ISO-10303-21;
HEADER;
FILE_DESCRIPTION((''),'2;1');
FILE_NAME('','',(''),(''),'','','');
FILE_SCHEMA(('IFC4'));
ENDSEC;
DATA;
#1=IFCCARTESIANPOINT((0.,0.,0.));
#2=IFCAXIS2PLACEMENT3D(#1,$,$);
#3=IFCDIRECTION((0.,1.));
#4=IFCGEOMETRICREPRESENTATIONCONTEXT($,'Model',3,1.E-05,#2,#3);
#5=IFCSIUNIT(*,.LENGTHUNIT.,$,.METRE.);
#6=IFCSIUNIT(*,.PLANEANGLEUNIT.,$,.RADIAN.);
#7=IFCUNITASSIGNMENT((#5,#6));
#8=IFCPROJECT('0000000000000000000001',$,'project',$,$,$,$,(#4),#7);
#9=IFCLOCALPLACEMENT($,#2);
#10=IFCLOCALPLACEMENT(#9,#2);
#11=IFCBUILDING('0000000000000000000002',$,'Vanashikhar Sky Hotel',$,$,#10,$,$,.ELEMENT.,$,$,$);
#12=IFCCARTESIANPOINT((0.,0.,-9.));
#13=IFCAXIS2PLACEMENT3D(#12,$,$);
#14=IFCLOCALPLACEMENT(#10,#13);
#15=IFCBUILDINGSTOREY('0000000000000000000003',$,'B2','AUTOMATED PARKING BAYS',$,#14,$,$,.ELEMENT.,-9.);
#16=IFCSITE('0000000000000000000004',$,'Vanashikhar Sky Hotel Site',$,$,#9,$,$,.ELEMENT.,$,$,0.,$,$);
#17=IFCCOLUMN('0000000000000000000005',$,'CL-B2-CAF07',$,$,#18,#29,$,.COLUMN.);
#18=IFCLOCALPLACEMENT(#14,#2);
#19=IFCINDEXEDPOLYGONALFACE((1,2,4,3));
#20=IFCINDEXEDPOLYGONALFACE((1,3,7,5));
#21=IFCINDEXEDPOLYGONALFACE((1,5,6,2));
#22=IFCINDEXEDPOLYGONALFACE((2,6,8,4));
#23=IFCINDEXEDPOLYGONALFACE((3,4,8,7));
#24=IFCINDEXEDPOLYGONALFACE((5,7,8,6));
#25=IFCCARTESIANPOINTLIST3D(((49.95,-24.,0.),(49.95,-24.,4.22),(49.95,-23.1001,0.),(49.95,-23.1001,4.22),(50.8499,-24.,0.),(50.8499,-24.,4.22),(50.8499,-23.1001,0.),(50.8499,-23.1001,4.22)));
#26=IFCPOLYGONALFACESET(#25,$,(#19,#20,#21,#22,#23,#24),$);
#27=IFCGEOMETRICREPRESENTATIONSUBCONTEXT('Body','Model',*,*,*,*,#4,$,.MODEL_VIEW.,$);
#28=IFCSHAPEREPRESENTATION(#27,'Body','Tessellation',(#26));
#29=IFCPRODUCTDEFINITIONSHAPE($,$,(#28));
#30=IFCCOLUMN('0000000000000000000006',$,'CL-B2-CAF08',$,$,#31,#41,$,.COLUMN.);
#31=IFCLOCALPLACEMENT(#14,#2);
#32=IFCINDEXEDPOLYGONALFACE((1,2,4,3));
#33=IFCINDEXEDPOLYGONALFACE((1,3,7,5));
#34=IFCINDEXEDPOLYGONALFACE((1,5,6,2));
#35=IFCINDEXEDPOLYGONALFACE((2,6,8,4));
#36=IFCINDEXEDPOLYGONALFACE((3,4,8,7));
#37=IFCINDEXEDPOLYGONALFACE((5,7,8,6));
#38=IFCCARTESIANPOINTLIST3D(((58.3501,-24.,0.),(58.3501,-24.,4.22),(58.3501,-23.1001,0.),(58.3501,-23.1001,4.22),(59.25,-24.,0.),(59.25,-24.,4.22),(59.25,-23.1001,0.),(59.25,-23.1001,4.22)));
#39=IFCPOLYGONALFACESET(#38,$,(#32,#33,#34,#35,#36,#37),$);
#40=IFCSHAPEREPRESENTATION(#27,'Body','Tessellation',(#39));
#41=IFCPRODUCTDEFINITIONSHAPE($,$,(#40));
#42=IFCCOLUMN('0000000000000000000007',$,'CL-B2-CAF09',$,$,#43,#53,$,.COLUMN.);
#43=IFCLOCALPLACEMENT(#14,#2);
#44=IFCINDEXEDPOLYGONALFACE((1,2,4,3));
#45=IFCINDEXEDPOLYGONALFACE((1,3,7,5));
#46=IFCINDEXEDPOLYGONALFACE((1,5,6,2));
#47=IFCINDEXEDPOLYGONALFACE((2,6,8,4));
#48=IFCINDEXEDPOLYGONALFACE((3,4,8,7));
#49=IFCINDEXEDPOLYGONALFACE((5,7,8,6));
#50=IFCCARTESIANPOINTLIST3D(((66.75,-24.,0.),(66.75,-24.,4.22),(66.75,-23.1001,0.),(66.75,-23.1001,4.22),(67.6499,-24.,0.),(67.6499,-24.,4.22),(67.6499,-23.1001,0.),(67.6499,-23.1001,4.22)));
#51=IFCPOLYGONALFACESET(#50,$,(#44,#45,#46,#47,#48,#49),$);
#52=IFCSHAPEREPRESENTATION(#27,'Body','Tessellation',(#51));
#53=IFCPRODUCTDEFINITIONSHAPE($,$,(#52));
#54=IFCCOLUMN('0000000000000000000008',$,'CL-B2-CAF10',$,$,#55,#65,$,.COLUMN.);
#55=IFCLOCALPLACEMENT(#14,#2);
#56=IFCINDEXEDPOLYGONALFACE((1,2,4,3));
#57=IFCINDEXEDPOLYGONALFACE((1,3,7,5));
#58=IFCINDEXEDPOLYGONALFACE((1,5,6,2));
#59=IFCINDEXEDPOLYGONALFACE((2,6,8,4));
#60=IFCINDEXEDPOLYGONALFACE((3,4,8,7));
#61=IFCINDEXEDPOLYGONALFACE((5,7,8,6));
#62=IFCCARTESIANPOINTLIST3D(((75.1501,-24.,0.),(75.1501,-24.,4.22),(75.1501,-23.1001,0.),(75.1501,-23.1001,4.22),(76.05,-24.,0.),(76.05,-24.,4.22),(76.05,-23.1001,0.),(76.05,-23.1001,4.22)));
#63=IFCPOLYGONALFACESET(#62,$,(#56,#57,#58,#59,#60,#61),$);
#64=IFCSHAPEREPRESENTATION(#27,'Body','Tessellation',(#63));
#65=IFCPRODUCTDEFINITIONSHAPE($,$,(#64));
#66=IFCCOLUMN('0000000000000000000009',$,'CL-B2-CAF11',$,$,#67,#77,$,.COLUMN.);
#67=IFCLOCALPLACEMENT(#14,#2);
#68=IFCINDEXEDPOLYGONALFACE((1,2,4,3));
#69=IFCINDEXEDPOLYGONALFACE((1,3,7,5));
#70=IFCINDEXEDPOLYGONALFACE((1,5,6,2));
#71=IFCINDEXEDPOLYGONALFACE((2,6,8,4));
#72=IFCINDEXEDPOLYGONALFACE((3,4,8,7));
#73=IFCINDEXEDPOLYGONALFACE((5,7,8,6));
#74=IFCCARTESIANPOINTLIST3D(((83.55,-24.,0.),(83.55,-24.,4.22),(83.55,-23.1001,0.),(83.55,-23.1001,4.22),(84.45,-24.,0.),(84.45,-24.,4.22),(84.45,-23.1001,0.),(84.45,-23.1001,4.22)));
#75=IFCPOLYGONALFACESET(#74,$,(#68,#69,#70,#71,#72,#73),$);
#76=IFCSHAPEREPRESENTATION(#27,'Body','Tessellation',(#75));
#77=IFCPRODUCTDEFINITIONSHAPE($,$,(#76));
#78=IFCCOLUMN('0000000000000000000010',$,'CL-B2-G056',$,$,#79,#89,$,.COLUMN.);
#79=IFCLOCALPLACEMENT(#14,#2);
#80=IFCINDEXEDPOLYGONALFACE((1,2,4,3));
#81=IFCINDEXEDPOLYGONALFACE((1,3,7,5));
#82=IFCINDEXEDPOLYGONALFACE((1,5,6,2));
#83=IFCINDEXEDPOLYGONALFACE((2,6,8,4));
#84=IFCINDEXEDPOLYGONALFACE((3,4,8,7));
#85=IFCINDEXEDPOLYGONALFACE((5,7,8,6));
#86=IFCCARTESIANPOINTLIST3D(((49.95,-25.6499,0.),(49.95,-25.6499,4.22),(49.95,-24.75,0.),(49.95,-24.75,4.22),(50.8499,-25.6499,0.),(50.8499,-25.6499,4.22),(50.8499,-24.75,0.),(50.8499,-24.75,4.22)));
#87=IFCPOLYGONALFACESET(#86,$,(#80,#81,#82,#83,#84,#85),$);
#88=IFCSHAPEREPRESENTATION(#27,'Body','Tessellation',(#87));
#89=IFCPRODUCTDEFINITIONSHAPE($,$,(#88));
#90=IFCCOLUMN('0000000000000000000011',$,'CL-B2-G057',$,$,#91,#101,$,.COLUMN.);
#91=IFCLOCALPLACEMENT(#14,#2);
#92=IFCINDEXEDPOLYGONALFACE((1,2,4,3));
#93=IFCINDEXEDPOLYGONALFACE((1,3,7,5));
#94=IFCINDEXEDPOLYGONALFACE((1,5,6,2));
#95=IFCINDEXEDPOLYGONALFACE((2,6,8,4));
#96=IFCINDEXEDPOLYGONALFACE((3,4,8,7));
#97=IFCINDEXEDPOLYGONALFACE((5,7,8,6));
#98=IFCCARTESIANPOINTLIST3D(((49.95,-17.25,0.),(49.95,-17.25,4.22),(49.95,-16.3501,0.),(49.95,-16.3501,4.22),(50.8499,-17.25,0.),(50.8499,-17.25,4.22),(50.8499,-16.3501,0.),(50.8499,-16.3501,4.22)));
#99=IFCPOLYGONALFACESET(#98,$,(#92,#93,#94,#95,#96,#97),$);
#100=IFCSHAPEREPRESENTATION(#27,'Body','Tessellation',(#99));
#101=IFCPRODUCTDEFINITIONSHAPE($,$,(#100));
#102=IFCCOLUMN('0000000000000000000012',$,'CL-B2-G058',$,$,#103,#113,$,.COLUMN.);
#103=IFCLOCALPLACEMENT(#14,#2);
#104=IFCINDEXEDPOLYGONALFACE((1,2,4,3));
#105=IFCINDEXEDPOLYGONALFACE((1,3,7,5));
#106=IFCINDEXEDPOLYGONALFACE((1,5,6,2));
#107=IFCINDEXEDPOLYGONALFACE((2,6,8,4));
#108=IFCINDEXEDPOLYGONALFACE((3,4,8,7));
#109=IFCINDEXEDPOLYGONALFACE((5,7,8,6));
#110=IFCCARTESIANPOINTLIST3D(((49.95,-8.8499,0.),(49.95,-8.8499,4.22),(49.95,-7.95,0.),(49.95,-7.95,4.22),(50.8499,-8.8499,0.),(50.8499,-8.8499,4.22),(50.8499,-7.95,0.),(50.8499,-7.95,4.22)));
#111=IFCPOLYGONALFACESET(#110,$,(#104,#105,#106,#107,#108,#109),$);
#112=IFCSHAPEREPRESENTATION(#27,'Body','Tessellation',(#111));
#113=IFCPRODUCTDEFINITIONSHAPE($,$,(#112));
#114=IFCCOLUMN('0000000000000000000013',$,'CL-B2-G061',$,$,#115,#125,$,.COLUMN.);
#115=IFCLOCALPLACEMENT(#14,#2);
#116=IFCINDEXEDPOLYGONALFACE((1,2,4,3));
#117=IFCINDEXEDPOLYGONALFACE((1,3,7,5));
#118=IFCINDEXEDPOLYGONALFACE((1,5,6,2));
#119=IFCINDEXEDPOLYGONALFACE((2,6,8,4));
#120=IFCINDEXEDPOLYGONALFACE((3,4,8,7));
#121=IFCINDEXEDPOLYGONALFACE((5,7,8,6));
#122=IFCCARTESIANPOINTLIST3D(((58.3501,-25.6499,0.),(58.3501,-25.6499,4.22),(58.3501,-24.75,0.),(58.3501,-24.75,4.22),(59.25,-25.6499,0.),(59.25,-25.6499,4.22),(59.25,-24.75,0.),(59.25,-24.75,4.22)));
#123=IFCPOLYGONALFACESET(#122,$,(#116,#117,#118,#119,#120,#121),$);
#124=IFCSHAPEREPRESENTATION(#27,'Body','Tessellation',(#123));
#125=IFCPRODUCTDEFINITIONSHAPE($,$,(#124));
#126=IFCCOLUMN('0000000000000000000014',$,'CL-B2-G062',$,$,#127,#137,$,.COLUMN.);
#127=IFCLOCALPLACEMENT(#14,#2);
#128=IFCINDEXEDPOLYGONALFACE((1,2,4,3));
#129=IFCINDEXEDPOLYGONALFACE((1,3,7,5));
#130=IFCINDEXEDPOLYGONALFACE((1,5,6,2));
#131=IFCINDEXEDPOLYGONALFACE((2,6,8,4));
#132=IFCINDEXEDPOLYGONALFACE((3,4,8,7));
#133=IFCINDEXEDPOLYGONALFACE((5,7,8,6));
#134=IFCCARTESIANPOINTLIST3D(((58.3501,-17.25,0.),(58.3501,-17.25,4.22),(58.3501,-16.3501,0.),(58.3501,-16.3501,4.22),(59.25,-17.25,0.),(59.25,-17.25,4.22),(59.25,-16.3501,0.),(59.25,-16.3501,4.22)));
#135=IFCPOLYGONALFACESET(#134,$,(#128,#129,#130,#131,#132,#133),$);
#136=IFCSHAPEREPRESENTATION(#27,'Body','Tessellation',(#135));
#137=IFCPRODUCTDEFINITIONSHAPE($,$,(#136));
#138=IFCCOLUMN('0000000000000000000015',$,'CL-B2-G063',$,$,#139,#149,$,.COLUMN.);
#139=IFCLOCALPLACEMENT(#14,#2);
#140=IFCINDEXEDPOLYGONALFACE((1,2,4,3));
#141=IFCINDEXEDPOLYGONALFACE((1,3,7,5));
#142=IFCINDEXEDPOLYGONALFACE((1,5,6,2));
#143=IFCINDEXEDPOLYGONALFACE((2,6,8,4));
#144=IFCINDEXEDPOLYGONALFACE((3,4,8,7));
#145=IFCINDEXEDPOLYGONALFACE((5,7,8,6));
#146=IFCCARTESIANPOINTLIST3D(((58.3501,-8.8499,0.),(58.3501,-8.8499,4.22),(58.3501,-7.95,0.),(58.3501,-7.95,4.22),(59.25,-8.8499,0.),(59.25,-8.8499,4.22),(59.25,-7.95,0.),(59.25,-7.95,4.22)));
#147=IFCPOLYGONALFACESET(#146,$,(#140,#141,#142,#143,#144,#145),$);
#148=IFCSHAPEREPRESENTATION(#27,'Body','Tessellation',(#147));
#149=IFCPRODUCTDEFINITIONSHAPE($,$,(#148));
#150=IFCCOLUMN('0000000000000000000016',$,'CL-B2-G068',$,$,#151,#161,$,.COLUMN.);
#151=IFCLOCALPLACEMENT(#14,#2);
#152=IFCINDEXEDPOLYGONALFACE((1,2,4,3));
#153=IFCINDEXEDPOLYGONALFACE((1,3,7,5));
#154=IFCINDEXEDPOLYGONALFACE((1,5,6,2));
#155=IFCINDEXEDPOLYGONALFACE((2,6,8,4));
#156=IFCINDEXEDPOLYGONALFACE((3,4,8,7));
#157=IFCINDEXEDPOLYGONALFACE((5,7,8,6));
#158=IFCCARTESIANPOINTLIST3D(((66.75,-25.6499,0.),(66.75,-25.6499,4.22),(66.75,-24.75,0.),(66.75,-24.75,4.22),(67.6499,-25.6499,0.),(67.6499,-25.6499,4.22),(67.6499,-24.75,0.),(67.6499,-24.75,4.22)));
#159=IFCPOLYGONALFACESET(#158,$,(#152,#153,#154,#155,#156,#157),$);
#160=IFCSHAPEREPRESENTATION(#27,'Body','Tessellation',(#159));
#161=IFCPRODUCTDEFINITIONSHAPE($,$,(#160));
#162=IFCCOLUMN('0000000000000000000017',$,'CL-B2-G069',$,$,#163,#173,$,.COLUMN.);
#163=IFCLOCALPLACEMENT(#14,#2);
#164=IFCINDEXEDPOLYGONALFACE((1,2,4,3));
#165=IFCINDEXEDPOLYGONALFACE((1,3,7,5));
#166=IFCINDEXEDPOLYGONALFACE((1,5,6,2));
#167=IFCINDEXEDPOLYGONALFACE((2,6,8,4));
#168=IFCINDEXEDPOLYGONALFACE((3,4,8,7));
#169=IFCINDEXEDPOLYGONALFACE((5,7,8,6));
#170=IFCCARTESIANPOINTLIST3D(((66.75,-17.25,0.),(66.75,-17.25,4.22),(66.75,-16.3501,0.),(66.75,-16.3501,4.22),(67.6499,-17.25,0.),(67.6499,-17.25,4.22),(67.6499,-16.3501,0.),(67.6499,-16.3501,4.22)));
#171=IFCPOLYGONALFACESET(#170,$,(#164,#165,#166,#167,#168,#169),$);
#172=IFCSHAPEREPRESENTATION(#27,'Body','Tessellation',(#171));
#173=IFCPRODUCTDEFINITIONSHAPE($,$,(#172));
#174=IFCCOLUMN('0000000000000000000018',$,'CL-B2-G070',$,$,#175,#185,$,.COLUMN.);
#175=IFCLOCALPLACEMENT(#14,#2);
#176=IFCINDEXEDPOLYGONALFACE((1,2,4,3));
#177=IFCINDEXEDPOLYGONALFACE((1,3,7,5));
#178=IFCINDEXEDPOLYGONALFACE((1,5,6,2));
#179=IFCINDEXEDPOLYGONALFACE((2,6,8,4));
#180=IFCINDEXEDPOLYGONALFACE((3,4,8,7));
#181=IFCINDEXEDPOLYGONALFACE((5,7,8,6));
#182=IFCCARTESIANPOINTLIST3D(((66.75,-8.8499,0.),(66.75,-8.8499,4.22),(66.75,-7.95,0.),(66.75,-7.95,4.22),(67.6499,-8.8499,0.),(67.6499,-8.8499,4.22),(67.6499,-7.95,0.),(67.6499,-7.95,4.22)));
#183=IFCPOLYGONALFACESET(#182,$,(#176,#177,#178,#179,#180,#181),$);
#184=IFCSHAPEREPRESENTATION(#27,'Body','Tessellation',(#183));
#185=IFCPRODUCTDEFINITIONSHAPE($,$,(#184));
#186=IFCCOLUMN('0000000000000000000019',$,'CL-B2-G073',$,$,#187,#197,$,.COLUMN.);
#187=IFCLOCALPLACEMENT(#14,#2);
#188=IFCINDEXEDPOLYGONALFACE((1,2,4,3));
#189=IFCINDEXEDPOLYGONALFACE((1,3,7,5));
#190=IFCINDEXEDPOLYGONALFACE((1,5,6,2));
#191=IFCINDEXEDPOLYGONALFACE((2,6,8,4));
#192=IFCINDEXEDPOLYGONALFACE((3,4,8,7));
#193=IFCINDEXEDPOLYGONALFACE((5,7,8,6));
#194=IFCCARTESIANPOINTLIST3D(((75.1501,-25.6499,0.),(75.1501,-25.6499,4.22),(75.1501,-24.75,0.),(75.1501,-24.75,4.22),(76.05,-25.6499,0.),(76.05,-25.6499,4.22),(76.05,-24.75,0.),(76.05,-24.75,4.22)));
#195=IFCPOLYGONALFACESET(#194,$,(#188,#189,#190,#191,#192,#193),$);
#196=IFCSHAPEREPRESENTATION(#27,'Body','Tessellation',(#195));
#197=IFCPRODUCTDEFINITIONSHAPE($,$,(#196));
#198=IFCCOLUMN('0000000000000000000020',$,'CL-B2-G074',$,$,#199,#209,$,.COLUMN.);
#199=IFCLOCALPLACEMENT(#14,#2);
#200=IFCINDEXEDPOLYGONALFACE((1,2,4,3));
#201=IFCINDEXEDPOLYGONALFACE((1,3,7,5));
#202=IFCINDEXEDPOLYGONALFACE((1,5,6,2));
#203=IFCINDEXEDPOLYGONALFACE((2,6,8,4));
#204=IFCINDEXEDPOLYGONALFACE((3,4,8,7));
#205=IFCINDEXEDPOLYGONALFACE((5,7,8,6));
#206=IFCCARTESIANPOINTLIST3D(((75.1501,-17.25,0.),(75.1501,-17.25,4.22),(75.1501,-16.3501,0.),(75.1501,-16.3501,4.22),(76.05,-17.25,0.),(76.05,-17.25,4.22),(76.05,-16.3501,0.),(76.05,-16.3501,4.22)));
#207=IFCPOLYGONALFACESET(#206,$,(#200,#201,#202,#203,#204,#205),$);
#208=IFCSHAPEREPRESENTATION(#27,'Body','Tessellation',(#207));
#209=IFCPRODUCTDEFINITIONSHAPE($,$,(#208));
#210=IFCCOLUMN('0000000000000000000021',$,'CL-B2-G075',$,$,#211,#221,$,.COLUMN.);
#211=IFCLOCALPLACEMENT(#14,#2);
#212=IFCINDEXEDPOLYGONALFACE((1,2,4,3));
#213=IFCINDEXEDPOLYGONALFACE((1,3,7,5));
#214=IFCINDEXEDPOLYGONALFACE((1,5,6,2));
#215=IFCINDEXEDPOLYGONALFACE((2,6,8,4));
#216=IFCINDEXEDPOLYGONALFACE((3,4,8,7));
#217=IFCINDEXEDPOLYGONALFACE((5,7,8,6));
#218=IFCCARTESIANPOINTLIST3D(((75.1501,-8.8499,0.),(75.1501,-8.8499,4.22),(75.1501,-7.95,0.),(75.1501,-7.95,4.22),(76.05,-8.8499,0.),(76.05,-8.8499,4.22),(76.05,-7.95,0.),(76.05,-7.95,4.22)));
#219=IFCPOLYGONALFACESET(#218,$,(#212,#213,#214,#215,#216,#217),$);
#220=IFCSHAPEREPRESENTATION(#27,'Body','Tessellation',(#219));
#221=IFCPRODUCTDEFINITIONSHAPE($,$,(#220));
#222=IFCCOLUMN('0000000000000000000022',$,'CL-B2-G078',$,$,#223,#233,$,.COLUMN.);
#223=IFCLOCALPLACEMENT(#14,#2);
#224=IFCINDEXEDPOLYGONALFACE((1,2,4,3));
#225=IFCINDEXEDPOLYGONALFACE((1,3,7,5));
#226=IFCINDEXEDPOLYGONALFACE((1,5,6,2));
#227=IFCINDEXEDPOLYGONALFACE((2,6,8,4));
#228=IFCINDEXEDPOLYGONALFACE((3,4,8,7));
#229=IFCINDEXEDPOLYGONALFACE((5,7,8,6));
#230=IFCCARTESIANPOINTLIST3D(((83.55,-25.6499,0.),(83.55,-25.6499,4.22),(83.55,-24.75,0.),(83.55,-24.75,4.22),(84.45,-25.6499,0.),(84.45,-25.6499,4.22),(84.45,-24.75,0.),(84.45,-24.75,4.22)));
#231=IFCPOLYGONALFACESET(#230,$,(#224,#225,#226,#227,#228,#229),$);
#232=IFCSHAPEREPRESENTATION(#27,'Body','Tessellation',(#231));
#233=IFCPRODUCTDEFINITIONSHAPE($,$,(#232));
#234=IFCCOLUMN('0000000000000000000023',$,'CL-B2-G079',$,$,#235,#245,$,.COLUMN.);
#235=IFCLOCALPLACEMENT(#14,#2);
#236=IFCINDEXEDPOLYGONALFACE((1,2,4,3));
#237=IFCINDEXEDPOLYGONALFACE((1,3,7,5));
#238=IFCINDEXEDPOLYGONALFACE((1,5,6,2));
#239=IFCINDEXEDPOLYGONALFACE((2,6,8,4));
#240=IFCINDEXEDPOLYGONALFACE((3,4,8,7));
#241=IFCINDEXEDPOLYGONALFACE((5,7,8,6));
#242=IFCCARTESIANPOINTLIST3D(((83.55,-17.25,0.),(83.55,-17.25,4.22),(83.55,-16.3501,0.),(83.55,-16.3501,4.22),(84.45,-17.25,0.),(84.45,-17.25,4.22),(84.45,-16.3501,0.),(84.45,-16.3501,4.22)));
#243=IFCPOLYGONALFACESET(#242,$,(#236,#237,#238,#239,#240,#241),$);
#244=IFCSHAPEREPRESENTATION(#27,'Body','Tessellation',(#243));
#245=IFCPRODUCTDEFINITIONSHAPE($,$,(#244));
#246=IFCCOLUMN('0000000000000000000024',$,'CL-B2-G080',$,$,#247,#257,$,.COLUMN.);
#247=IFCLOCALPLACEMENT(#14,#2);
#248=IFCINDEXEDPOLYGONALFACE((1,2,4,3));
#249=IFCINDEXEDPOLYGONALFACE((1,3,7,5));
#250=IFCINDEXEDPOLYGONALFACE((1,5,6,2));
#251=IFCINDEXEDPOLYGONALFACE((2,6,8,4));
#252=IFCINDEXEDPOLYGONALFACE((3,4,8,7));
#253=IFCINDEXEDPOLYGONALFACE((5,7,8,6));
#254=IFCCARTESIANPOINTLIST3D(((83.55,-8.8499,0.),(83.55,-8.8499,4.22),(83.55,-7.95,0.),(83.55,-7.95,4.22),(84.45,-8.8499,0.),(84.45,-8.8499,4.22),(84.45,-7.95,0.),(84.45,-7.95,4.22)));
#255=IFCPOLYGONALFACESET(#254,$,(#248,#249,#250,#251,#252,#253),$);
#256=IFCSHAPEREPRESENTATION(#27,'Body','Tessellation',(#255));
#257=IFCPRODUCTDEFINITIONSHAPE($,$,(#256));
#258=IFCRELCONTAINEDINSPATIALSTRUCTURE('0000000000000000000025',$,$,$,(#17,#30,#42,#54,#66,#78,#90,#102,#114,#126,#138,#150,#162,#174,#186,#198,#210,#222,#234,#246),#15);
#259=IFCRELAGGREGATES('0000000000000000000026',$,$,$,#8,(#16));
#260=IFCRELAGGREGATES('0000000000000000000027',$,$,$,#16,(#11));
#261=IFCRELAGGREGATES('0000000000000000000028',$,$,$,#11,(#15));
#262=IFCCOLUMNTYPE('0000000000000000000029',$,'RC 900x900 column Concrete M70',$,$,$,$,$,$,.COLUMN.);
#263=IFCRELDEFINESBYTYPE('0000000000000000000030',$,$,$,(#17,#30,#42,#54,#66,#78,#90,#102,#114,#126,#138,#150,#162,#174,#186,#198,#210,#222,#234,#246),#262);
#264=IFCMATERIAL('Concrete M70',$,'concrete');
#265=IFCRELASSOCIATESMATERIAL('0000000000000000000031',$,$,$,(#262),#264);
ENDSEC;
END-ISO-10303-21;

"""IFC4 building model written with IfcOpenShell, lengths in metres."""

from ifc_helpers import new_model, si_unit, direction, frame, origin, origin_2d, place, context, subcontext, project, spatial, rectangle, extrude, source, transform, mapped, material, material_profile, profile_set, type_object, element, save


model = new_model("IFC4")

# Units and contexts
model_context = context("Model", 3, precision=1e-05, world=origin(), true_north=direction((0.0, 1.0)))
body_context = subcontext(model_context, "Body", "Model", "MODEL_VIEW")
ifc_project = project(units=[si_unit("LENGTHUNIT", "METRE"), si_unit("PLANEANGLEUNIT", "RADIAN")], contexts=[model_context])

# Site, building, storey
site_placement = place(None, origin())
site = spatial("IfcSite", under=ifc_project, at=site_placement, Name="Vanashikhar Sky Hotel Site", CompositionType="ELEMENT", RefElevation=0.0)
building_placement = place(site_placement, origin())
building = spatial("IfcBuilding", under=site, at=building_placement, Name="Vanashikhar Sky Hotel", CompositionType="ELEMENT")
storey_placement = place(building_placement, frame((0.0, 0.0, -9.0)))
storey = spatial("IfcBuildingStorey", under=building, at=storey_placement, Name="B2", Description="AUTOMATED PARKING BAYS", CompositionType="ELEMENT", Elevation=-9.0)

# Columns
ifc_material = material(Name="Concrete M70", Category="concrete")
ifc_material_profile = material_profile(ifc_material, rectangle(XDim=0.8999, YDim=0.8999, at=origin_2d()))
ifc_profile_set = profile_set([ifc_material_profile], Name="RC 900x900 column Concrete M70")
column_type = type_object("IfcColumnType", Name="RC 900x900 column Concrete M70", PredefinedType="COLUMN", material=ifc_profile_set)
shared_shape = source(origin(), body_context, "Body", "SweptSolid", [
    extrude(rectangle(XDim=0.8999, YDim=0.8999, at=origin_2d()), origin(), (0.0, 0.0, 1.0), 4.22),
])
for number, where, z_axis, x_axis, name in (
    (1, (50.3999, -23.55, 0.0), (0.0, 0.0, 1.0), (1.0, 0.0, 0.0), "CL-B2-CAF07"),
    (2, (58.8, -23.55, 0.0), (0.0, 0.0, 1.0), (1.0, 0.0, 0.0), "CL-B2-CAF08"),
    (3, (67.2, -23.55, 0.0), (0.0, 0.0, 1.0), (1.0, 0.0, 0.0), "CL-B2-CAF09"),
    (4, (75.6001, -23.55, 0.0), (0.0, 0.0, 1.0), (1.0, 0.0, 0.0), "CL-B2-CAF10"),
    (5, (84.0, -23.55, 0.0), (0.0, 0.0, 1.0), (1.0, 0.0, 0.0), "CL-B2-CAF11"),
    (6, (50.3999, -25.2, 0.0), (0.0, 0.0, 1.0), (1.0, 0.0, 0.0), "CL-B2-G056"),
    (7, (50.3999, -16.8, 0.0), (0.0, 0.0, 1.0), (1.0, 0.0, 0.0), "CL-B2-G057"),
    (8, (50.3999, -8.3999, 0.0), (0.0, 0.0, 1.0), (1.0, 0.0, 0.0), "CL-B2-G058"),
    (9, (58.8, -25.2, 0.0), (0.0, 0.0, 1.0), (1.0, 0.0, 0.0), "CL-B2-G061"),
    (10, (58.8, -16.8, 0.0), (0.0, 0.0, 1.0), (1.0, 0.0, 0.0), "CL-B2-G062"),
    (11, (58.8, -8.3999, 0.0), (0.0, 0.0, 1.0), (1.0, 0.0, 0.0), "CL-B2-G063"),
    (12, (67.2, -25.2, 0.0), (0.0, 0.0, 1.0), (1.0, 0.0, 0.0), "CL-B2-G068"),
    (13, (67.2, -16.8, 0.0), (0.0, 0.0, 1.0), (1.0, 0.0, 0.0), "CL-B2-G069"),
    (14, (67.2, -8.3999, 0.0), (0.0, 0.0, 1.0), (1.0, 0.0, 0.0), "CL-B2-G070"),
    (15, (75.6001, -25.2, 0.0), (0.0, 0.0, 1.0), (1.0, 0.0, 0.0), "CL-B2-G073"),
    (16, (75.6001, -16.8, 0.0), (0.0, 0.0, 1.0), (1.0, 0.0, 0.0), "CL-B2-G074"),
    (17, (75.6001, -8.3999, 0.0), (0.0, 0.0, 1.0), (1.0, 0.0, 0.0), "CL-B2-G075"),
    (18, (84.0, -25.2, 0.0), (0.0, 0.0, 1.0), (1.0, 0.0, 0.0), "CL-B2-G078"),
    (19, (84.0, -16.8, 0.0), (0.0, 0.0, 1.0), (1.0, 0.0, 0.0), "CL-B2-G079"),
    (20, (84.0, -8.3999, 0.0), (0.0, 0.0, 1.0), (1.0, 0.0, 0.0), "CL-B2-G080"),
):
    element("IfcColumn", number, at=place(storey_placement, frame(where, z_axis=z_axis, x_axis=x_axis)), inside=storey, type_object=column_type, Name=name, PredefinedType="COLUMN", context=body_context, shape_type="MappedRepresentation", body=[
        mapped(shared_shape, transform((0.0, 0.0, 0.0), scale=1.0)),
    ])

save(model, "model.ifc")
